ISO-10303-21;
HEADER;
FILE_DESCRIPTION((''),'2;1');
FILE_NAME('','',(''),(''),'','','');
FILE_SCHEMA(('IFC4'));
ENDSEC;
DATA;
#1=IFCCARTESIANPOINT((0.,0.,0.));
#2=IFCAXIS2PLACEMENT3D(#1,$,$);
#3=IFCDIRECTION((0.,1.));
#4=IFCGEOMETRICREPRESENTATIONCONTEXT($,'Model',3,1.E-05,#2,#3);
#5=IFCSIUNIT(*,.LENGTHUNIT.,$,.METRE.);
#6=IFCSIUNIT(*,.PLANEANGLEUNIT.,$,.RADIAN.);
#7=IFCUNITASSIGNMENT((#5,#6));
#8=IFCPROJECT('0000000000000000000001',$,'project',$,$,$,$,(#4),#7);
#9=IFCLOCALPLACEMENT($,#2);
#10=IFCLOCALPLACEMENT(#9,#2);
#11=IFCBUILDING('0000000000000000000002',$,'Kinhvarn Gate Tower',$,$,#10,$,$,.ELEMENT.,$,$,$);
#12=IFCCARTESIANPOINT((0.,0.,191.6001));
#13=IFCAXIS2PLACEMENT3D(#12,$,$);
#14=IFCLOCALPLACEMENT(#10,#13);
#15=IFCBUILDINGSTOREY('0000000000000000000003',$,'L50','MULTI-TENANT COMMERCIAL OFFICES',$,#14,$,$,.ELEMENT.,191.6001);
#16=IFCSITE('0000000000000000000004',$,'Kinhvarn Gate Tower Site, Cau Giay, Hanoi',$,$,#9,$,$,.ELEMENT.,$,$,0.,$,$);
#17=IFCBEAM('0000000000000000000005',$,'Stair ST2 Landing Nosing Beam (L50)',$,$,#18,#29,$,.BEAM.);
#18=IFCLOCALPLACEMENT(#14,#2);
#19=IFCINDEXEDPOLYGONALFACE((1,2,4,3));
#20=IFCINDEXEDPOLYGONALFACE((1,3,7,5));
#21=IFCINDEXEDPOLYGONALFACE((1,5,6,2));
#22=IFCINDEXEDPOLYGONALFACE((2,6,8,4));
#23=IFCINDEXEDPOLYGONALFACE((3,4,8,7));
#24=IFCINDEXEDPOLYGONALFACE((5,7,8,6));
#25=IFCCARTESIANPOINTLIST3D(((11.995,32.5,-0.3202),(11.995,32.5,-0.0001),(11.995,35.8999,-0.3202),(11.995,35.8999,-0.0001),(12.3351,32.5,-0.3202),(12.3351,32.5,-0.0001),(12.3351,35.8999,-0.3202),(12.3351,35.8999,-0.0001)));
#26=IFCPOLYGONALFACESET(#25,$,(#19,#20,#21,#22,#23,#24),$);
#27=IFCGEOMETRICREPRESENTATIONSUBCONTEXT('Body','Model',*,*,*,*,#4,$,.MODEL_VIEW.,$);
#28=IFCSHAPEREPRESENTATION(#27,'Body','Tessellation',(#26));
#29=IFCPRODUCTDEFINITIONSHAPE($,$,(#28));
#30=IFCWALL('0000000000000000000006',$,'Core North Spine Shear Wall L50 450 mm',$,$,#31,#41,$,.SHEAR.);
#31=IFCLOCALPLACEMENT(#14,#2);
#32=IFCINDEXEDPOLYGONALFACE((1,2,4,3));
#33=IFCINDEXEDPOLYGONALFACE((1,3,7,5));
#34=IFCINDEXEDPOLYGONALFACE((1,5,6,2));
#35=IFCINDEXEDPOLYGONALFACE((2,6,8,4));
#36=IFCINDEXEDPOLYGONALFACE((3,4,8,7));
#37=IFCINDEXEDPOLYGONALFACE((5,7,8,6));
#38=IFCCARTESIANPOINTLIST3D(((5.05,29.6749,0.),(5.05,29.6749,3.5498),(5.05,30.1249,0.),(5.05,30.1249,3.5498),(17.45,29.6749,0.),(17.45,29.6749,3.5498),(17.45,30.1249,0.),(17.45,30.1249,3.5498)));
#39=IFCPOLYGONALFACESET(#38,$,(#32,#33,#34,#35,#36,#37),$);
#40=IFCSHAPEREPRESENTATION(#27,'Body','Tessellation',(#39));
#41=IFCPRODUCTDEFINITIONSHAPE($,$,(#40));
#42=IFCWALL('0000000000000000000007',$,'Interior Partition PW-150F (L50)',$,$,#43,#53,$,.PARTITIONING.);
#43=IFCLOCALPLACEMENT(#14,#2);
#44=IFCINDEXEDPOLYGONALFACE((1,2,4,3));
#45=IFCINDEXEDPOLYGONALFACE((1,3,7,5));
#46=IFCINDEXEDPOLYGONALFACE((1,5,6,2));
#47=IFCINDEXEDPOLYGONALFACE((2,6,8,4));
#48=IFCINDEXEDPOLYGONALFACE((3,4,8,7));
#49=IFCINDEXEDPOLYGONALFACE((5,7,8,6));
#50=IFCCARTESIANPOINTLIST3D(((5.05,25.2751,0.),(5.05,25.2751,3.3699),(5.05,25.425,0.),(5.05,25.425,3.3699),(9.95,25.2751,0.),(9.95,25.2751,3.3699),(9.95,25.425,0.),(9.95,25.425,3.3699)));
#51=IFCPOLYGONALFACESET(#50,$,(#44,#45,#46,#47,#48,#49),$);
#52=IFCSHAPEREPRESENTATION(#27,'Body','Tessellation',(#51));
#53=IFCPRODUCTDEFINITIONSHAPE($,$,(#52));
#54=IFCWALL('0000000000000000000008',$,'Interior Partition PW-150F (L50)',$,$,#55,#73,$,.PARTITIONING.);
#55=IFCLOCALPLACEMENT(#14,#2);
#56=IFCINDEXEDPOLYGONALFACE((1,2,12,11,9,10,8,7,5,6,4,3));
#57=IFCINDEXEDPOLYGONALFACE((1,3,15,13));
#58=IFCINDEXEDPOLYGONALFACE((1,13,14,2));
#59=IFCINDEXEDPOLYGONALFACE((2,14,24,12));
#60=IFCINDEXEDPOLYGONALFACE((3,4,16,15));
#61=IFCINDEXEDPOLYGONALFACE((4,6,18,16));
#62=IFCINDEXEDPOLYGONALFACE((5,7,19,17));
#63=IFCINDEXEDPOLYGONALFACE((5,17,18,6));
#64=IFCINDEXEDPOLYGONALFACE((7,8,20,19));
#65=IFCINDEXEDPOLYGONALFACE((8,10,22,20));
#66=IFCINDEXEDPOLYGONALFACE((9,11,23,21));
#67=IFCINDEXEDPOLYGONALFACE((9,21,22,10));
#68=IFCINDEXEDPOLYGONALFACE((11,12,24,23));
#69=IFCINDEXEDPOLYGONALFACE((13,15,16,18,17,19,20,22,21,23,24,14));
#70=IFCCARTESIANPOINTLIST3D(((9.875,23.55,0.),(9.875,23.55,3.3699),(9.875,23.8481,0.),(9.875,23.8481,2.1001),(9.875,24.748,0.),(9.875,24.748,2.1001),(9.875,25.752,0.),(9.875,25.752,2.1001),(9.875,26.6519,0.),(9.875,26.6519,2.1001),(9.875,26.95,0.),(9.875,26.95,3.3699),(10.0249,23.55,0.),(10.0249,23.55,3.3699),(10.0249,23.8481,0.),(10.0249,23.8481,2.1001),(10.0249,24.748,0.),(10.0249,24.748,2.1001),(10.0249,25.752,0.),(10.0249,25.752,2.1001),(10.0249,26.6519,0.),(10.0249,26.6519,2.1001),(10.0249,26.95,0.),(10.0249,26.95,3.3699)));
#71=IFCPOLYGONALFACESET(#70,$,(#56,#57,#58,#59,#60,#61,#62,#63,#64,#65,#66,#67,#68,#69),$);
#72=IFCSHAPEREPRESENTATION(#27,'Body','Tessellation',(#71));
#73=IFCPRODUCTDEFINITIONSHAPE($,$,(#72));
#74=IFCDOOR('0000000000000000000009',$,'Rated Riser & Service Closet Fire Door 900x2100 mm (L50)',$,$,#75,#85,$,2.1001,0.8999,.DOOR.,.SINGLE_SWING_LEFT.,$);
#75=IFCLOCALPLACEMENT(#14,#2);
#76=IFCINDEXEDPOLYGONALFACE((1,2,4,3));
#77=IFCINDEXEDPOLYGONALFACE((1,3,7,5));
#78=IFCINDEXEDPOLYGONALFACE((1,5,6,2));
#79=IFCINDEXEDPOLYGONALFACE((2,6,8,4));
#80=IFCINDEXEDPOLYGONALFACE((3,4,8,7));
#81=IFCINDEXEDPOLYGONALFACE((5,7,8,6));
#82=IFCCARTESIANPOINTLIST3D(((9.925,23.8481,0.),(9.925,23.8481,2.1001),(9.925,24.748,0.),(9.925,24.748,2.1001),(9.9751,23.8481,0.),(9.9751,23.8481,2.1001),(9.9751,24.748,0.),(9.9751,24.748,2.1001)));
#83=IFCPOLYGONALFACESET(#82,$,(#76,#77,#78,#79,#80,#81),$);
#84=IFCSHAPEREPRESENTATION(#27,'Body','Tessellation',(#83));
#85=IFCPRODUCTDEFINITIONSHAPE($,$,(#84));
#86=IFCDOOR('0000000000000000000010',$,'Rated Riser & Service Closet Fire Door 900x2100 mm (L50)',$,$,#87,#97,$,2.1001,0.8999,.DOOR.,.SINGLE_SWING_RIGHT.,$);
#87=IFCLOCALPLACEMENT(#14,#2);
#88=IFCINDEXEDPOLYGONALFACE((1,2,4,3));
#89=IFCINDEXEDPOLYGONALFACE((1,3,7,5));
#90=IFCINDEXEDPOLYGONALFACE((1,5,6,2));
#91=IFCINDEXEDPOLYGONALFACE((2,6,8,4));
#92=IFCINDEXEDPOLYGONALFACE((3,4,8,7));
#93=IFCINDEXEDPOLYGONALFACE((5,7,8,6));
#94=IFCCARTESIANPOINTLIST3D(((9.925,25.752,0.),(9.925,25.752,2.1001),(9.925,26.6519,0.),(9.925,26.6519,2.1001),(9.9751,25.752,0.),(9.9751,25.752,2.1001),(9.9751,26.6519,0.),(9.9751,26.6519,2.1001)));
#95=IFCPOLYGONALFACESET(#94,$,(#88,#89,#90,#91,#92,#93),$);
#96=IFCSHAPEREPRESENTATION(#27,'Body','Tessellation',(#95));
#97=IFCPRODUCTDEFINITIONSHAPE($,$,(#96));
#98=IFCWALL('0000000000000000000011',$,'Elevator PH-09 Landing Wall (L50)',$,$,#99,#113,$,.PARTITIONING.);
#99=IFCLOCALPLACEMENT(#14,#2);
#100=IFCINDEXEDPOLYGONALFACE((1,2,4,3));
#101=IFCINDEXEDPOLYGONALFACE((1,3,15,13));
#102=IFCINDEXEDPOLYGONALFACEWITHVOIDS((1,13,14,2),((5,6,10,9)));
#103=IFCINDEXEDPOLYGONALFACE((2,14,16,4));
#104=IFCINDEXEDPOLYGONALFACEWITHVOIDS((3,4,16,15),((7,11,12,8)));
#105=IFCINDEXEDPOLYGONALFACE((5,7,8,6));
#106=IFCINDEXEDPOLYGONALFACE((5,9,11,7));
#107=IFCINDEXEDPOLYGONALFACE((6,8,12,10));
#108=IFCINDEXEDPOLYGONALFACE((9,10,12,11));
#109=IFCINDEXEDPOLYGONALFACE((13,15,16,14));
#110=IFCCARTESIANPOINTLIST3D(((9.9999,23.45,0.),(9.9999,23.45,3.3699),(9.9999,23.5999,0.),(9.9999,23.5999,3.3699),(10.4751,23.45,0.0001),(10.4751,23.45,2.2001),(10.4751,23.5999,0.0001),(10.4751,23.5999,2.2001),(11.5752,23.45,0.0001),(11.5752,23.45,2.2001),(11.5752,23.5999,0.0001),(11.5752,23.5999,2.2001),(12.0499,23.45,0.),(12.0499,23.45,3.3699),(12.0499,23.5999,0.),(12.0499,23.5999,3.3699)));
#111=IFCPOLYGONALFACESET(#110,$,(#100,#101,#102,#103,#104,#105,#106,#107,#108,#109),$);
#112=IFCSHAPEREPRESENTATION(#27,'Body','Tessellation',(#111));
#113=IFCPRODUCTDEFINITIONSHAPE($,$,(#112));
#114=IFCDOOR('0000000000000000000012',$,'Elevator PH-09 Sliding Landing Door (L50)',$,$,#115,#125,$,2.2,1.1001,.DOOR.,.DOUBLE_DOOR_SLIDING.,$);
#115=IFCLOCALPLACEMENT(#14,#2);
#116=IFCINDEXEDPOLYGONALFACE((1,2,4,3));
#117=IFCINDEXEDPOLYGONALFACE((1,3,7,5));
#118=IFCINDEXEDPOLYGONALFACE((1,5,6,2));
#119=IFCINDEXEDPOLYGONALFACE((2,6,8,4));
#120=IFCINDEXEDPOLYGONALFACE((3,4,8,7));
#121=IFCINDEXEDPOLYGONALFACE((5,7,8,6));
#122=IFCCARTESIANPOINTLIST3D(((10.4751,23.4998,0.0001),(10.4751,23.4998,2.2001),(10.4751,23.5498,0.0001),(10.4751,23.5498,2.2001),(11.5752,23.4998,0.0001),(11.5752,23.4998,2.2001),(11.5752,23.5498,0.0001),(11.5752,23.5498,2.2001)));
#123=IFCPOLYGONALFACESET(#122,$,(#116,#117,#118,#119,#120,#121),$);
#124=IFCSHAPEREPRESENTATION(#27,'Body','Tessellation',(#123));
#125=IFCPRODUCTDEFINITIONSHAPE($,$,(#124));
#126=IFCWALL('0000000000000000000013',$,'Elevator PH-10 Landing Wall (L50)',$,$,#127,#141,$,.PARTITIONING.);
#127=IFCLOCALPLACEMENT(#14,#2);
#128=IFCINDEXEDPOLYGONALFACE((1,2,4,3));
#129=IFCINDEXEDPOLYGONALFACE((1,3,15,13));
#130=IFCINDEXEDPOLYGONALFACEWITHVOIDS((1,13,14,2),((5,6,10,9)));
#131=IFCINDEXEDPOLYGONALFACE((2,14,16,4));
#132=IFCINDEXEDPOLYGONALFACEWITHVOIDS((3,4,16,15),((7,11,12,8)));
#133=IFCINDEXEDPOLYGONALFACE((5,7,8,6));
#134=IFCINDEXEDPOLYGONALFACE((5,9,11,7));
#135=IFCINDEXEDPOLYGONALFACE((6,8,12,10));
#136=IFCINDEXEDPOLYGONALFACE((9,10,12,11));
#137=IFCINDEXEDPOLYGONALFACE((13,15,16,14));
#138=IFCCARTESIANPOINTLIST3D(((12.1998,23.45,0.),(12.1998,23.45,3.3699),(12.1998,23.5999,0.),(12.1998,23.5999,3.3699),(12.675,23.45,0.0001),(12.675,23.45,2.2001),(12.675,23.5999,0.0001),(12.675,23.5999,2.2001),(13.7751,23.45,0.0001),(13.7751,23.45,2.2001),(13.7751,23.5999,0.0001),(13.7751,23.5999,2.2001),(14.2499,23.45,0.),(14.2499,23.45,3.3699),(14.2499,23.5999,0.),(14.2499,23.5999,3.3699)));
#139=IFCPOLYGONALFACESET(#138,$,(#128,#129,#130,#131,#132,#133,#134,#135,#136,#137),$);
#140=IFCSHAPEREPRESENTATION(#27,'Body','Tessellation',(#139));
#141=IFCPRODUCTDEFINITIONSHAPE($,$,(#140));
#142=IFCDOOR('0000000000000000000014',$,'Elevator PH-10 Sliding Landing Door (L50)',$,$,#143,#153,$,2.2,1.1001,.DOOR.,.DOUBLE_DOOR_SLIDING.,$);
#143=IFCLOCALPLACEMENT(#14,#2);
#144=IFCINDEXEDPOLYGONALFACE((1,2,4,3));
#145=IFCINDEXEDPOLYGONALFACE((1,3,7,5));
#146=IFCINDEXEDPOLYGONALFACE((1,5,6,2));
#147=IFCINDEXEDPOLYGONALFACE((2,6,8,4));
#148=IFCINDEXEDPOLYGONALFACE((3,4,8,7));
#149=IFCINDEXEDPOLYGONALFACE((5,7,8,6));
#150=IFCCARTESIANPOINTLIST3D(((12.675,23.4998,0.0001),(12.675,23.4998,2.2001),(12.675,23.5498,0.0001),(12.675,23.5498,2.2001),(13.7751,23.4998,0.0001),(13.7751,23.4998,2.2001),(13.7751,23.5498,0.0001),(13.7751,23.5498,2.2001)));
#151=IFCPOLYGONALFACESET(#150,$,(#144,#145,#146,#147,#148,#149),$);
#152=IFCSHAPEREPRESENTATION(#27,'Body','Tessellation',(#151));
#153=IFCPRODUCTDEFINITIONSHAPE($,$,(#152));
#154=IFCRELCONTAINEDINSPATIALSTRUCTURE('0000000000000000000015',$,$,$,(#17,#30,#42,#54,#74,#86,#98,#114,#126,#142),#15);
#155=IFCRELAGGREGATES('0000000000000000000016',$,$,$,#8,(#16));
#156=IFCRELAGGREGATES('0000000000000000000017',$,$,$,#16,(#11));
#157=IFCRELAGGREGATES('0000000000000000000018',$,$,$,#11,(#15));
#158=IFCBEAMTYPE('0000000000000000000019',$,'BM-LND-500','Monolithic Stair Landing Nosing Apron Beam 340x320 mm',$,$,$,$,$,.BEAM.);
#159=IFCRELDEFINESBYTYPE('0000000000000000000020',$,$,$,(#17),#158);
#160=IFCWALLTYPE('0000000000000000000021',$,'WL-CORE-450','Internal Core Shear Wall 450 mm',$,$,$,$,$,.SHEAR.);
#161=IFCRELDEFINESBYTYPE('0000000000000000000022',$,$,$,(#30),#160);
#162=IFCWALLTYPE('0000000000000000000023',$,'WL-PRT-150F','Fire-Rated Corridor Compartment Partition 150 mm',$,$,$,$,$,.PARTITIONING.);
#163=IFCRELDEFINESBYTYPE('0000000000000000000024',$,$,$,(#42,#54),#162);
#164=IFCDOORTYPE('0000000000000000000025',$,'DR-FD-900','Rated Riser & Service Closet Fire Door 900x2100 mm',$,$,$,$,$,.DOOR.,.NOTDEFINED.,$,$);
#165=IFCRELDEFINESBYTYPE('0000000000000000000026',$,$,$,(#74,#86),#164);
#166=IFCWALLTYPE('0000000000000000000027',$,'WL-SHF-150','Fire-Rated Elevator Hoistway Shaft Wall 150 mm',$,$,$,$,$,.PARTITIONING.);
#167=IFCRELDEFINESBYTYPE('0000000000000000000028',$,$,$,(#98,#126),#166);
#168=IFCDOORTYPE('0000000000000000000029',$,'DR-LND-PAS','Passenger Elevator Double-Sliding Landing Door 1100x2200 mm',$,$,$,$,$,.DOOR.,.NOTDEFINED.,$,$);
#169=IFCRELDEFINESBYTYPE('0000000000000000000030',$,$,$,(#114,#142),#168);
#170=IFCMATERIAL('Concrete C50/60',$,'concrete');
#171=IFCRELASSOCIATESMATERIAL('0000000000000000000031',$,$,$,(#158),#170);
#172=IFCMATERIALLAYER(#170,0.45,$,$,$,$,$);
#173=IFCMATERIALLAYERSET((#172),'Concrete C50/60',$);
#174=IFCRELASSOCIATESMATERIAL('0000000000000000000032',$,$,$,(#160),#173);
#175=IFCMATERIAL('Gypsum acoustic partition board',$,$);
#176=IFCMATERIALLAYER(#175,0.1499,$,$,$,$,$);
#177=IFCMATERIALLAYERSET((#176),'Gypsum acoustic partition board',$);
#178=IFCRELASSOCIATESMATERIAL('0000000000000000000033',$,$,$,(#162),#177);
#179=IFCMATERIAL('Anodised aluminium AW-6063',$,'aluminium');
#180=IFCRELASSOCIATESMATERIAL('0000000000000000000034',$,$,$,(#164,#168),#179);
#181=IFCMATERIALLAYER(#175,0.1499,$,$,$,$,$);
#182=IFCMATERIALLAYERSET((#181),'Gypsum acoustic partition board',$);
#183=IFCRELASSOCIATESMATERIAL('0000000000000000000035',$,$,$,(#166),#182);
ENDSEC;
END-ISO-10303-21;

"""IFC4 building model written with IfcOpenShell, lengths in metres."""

from ifc_helpers import new_model, si_unit, direction, frame, frame_2d, origin, origin_2d, place, context, subcontext, project, spatial, rectangle, extrude, material, layer, layer_set, material_profile, profile_set, type_object, element, fill, save


model = new_model("IFC4")

# Units and contexts
model_context = context("Model", 3, precision=1e-05, world=origin(), true_north=direction((0.0, 1.0)))
body_context = subcontext(model_context, "Body", "Model", "MODEL_VIEW")
ifc_project = project(units=[si_unit("LENGTHUNIT", "METRE"), si_unit("PLANEANGLEUNIT", "RADIAN")], contexts=[model_context])

# Site, building, storey
site_placement = place(None, origin())
site = spatial("IfcSite", under=ifc_project, at=site_placement, Name="Kinhvarn Gate Tower Site, Cau Giay, Hanoi", CompositionType="ELEMENT", RefElevation=0.0)
building_placement = place(site_placement, origin())
building = spatial("IfcBuilding", under=site, at=building_placement, Name="Kinhvarn Gate Tower", CompositionType="ELEMENT")
storey_placement = place(building_placement, frame((0.0, 0.0, 191.6001)))
storey = spatial("IfcBuildingStorey", under=building, at=storey_placement, Name="L50", Description="MULTI-TENANT COMMERCIAL OFFICES", CompositionType="ELEMENT", Elevation=191.6001)

# Beam
ifc_material_1 = material(Name="Concrete C50/60", Category="concrete")
ifc_material_profile = material_profile(ifc_material_1, rectangle(XDim=0.3401, YDim=0.3201, at=origin_2d()), Name="RC 340x320")
ifc_profile_set = profile_set([ifc_material_profile], Name="Concrete C50/60")
beam_type = type_object("IfcBeamType", Name="BM-LND-500", Description="Monolithic Stair Landing Nosing Apron Beam 340x320 mm", PredefinedType="BEAM", material=ifc_profile_set)
beam_placement = place(storey_placement, frame((12.165, 32.5, -0.1602), z_axis=(0.0, 1.0, 0.0), x_axis=(-1.0, 0.0, 0.0)))
element("IfcBeam", 1, at=beam_placement, inside=storey, type_object=beam_type, Name="Stair ST2 Landing Nosing Beam (L50)", PredefinedType="BEAM", context=body_context, shape_type="SweptSolid", body=[
    extrude(rectangle(XDim=0.3401, YDim=0.3201, at=origin_2d()), origin(), (0.0, 0.0, 1.0), 3.3999),
])

# Walls
ifc_layer_1 = layer(ifc_material_1, 0.45)
ifc_layer_set_1 = layer_set([ifc_layer_1], Name="Concrete C50/60")
wall_type_1 = type_object("IfcWallType", Name="WL-CORE-450", Description="Internal Core Shear Wall 450 mm", PredefinedType="SHEAR", material=ifc_layer_set_1)
wall_1_placement = place(storey_placement, frame((5.05, 29.8999, 0.0), z_axis=(0.0, 0.0, 1.0), x_axis=(1.0, 0.0, 0.0)))
element("IfcWall", 2, at=wall_1_placement, inside=storey, type_object=wall_type_1, Name="Core North Spine Shear Wall L50 450 mm", PredefinedType="SHEAR", context=body_context, shape_type="SweptSolid", body=[
    extrude(rectangle(XDim=12.3999, YDim=0.45, at=frame_2d((6.2, 0.0))), origin(), (0.0, 0.0, 1.0), 3.5498),
])
ifc_material_2 = material(Name="Gypsum acoustic partition board")
ifc_layer_2 = layer(ifc_material_2, 0.1499)
ifc_layer_set_2 = layer_set([ifc_layer_2], Name="Gypsum acoustic partition board")
wall_type_2 = type_object("IfcWallType", Name="WL-PRT-150F", Description="Fire-Rated Corridor Compartment Partition 150 mm", PredefinedType="PARTITIONING", material=ifc_layer_set_2)
wall_2_placement = place(storey_placement, frame((5.05, 25.3501, 0.0), z_axis=(0.0, 0.0, 1.0), x_axis=(1.0, 0.0, 0.0)))
element("IfcWall", 3, at=wall_2_placement, inside=storey, type_object=wall_type_2, Name="Interior Partition PW-150F (L50)", PredefinedType="PARTITIONING", context=body_context, shape_type="SweptSolid", body=[
    extrude(rectangle(XDim=4.8999, YDim=0.1499, at=frame_2d((2.45, 0.0))), origin(), (0.0, 0.0, 1.0), 3.3699),
])

# Wall, openings, doors
wall_3_placement = place(storey_placement, frame((9.95, 23.55, 0.0), z_axis=(0.0, 0.0, 1.0), x_axis=(0.0, 1.0, 0.0)))
wall_3 = element("IfcWall", 4, at=wall_3_placement, inside=storey, type_object=wall_type_2, Name="Interior Partition PW-150F (L50)", PredefinedType="PARTITIONING", context=body_context, shape_type="SweptSolid", body=[
    extrude(rectangle(XDim=3.3999, YDim=0.1499, at=frame_2d((1.7, 0.0))), origin(), (0.0, 0.0, 1.0), 3.3699),
])
opening_1_placement = place(wall_3_placement, frame((0.2981, 0.0, 0.0)))
opening_1 = element("IfcOpeningElement", 5, at=opening_1_placement, cuts=wall_3, PredefinedType="OPENING", context=body_context, shape_type="SweptSolid", body=[
    extrude(rectangle(XDim=0.8999, YDim=2.1001, at=frame_2d((0.45, 1.05))), frame((0.0, 0.085, 0.0), z_axis=(0.0, -1.0, 0.0), x_axis=(1.0, 0.0, 0.0)), (0.0, 0.0, 1.0), 0.1699),
])
opening_2_placement = place(wall_3_placement, frame((2.2019, 0.0, 0.0)))
opening_2 = element("IfcOpeningElement", 6, at=opening_2_placement, cuts=wall_3, PredefinedType="OPENING", context=body_context, shape_type="SweptSolid", body=[
    extrude(rectangle(XDim=0.8999, YDim=2.1001, at=frame_2d((0.45, 1.05))), frame((0.0, 0.085, 0.0), z_axis=(0.0, -1.0, 0.0), x_axis=(1.0, 0.0, 0.0)), (0.0, 0.0, 1.0), 0.1699),
])
ifc_material_3 = material(Name="Anodised aluminium AW-6063", Category="aluminium")
door_type_1 = type_object("IfcDoorType", Name="DR-FD-900", Description="Rated Riser & Service Closet Fire Door 900x2100 mm", OperationType="NOTDEFINED", PredefinedType="DOOR", material=ifc_material_3)
door_1_placement = place(opening_1_placement, origin())
door_1 = element("IfcDoor", 7, at=door_1_placement, inside=storey, type_object=door_type_1, Name="Rated Riser & Service Closet Fire Door 900x2100 mm (L50)", OperationType="SINGLE_SWING_LEFT", OverallHeight=2.1001, OverallWidth=0.8999, PredefinedType="DOOR", context=body_context, shape_type="SweptSolid", body=[
    extrude(rectangle(XDim=0.8999, YDim=2.1001, at=frame_2d((0.45, 1.05))), frame((0.0, 0.0249, 0.0), z_axis=(0.0, -1.0, 0.0), x_axis=(1.0, 0.0, 0.0)), (0.0, 0.0, 1.0), 0.05),
])
fill(opening_1, door_1)
door_2_placement = place(opening_2_placement, origin())
door_2 = element("IfcDoor", 8, at=door_2_placement, inside=storey, type_object=door_type_1, Name="Rated Riser & Service Closet Fire Door 900x2100 mm (L50)", OperationType="SINGLE_SWING_RIGHT", OverallHeight=2.1001, OverallWidth=0.8999, PredefinedType="DOOR", context=body_context, shape_type="SweptSolid", body=[
    extrude(rectangle(XDim=0.8999, YDim=2.1001, at=frame_2d((0.45, 1.05))), frame((0.0, 0.0249, 0.0), z_axis=(0.0, -1.0, 0.0), x_axis=(1.0, 0.0, 0.0)), (0.0, 0.0, 1.0), 0.05),
])
fill(opening_2, door_2)

# Walls, openings, doors
ifc_layer_3 = layer(ifc_material_2, 0.1499)
ifc_layer_set_3 = layer_set([ifc_layer_3], Name="Gypsum acoustic partition board")
wall_type_3 = type_object("IfcWallType", Name="WL-SHF-150", Description="Fire-Rated Elevator Hoistway Shaft Wall 150 mm", PredefinedType="PARTITIONING", material=ifc_layer_set_3)
wall_4_placement = place(storey_placement, frame((10.0, 23.5249, 0.0), z_axis=(0.0, 0.0, 1.0), x_axis=(1.0, 0.0, 0.0)))
wall_4 = element("IfcWall", 9, at=wall_4_placement, inside=storey, type_object=wall_type_3, Name="Elevator PH-09 Landing Wall (L50)", PredefinedType="PARTITIONING", context=body_context, shape_type="SweptSolid", body=[
    extrude(rectangle(XDim=2.05, YDim=0.1499, at=frame_2d((1.0249, 0.0))), origin(), (0.0, 0.0, 1.0), 3.3699),
])
opening_3_placement = place(wall_4_placement, frame((0.4751, 0.0, 0.0)))
opening_3 = element("IfcOpeningElement", 10, at=opening_3_placement, cuts=wall_4, PredefinedType="OPENING", context=body_context, shape_type="SweptSolid", body=[
    extrude(rectangle(XDim=1.1001, YDim=2.2, at=frame_2d((0.55, 1.1001))), frame((0.0, 0.085, 0.0), z_axis=(0.0, -1.0, 0.0), x_axis=(1.0, 0.0, 0.0)), (0.0, 0.0, 1.0), 0.1699),
])
door_type_2 = type_object("IfcDoorType", Name="DR-LND-PAS", Description="Passenger Elevator Double-Sliding Landing Door 1100x2200 mm", OperationType="NOTDEFINED", PredefinedType="DOOR", material=ifc_material_3)
door_3_placement = place(opening_3_placement, origin())
door_3 = element("IfcDoor", 11, at=door_3_placement, inside=storey, type_object=door_type_2, Name="Elevator PH-09 Sliding Landing Door (L50)", OperationType="DOUBLE_DOOR_SLIDING", OverallHeight=2.2, OverallWidth=1.1001, PredefinedType="DOOR", context=body_context, shape_type="SweptSolid", body=[
    extrude(rectangle(XDim=1.1001, YDim=2.2, at=frame_2d((0.55, 1.1001))), frame((0.0, 0.0249, 0.0), z_axis=(0.0, -1.0, 0.0), x_axis=(1.0, 0.0, 0.0)), (0.0, 0.0, 1.0), 0.05),
])
fill(opening_3, door_3)
wall_5_placement = place(storey_placement, frame((12.2, 23.5249, 0.0), z_axis=(0.0, 0.0, 1.0), x_axis=(1.0, 0.0, 0.0)))
wall_5 = element("IfcWall", 12, at=wall_5_placement, inside=storey, type_object=wall_type_3, Name="Elevator PH-10 Landing Wall (L50)", PredefinedType="PARTITIONING", context=body_context, shape_type="SweptSolid", body=[
    extrude(rectangle(XDim=2.05, YDim=0.1499, at=frame_2d((1.0249, 0.0))), origin(), (0.0, 0.0, 1.0), 3.3699),
])
opening_4_placement = place(wall_5_placement, frame((0.4751, 0.0, 0.0)))
opening_4 = element("IfcOpeningElement", 13, at=opening_4_placement, cuts=wall_5, PredefinedType="OPENING", context=body_context, shape_type="SweptSolid", body=[
    extrude(rectangle(XDim=1.1001, YDim=2.2, at=frame_2d((0.55, 1.1001))), frame((0.0, 0.085, 0.0), z_axis=(0.0, -1.0, 0.0), x_axis=(1.0, 0.0, 0.0)), (0.0, 0.0, 1.0), 0.1699),
])
door_4_placement = place(opening_4_placement, origin())
door_4 = element("IfcDoor", 14, at=door_4_placement, inside=storey, type_object=door_type_2, Name="Elevator PH-10 Sliding Landing Door (L50)", OperationType="DOUBLE_DOOR_SLIDING", OverallHeight=2.2, OverallWidth=1.1001, PredefinedType="DOOR", context=body_context, shape_type="SweptSolid", body=[
    extrude(rectangle(XDim=1.1001, YDim=2.2, at=frame_2d((0.55, 1.1001))), frame((0.0, 0.0249, 0.0), z_axis=(0.0, -1.0, 0.0), x_axis=(1.0, 0.0, 0.0)), (0.0, 0.0, 1.0), 0.05),
])
fill(opening_4, door_4)

save(model, "model.ifc")
